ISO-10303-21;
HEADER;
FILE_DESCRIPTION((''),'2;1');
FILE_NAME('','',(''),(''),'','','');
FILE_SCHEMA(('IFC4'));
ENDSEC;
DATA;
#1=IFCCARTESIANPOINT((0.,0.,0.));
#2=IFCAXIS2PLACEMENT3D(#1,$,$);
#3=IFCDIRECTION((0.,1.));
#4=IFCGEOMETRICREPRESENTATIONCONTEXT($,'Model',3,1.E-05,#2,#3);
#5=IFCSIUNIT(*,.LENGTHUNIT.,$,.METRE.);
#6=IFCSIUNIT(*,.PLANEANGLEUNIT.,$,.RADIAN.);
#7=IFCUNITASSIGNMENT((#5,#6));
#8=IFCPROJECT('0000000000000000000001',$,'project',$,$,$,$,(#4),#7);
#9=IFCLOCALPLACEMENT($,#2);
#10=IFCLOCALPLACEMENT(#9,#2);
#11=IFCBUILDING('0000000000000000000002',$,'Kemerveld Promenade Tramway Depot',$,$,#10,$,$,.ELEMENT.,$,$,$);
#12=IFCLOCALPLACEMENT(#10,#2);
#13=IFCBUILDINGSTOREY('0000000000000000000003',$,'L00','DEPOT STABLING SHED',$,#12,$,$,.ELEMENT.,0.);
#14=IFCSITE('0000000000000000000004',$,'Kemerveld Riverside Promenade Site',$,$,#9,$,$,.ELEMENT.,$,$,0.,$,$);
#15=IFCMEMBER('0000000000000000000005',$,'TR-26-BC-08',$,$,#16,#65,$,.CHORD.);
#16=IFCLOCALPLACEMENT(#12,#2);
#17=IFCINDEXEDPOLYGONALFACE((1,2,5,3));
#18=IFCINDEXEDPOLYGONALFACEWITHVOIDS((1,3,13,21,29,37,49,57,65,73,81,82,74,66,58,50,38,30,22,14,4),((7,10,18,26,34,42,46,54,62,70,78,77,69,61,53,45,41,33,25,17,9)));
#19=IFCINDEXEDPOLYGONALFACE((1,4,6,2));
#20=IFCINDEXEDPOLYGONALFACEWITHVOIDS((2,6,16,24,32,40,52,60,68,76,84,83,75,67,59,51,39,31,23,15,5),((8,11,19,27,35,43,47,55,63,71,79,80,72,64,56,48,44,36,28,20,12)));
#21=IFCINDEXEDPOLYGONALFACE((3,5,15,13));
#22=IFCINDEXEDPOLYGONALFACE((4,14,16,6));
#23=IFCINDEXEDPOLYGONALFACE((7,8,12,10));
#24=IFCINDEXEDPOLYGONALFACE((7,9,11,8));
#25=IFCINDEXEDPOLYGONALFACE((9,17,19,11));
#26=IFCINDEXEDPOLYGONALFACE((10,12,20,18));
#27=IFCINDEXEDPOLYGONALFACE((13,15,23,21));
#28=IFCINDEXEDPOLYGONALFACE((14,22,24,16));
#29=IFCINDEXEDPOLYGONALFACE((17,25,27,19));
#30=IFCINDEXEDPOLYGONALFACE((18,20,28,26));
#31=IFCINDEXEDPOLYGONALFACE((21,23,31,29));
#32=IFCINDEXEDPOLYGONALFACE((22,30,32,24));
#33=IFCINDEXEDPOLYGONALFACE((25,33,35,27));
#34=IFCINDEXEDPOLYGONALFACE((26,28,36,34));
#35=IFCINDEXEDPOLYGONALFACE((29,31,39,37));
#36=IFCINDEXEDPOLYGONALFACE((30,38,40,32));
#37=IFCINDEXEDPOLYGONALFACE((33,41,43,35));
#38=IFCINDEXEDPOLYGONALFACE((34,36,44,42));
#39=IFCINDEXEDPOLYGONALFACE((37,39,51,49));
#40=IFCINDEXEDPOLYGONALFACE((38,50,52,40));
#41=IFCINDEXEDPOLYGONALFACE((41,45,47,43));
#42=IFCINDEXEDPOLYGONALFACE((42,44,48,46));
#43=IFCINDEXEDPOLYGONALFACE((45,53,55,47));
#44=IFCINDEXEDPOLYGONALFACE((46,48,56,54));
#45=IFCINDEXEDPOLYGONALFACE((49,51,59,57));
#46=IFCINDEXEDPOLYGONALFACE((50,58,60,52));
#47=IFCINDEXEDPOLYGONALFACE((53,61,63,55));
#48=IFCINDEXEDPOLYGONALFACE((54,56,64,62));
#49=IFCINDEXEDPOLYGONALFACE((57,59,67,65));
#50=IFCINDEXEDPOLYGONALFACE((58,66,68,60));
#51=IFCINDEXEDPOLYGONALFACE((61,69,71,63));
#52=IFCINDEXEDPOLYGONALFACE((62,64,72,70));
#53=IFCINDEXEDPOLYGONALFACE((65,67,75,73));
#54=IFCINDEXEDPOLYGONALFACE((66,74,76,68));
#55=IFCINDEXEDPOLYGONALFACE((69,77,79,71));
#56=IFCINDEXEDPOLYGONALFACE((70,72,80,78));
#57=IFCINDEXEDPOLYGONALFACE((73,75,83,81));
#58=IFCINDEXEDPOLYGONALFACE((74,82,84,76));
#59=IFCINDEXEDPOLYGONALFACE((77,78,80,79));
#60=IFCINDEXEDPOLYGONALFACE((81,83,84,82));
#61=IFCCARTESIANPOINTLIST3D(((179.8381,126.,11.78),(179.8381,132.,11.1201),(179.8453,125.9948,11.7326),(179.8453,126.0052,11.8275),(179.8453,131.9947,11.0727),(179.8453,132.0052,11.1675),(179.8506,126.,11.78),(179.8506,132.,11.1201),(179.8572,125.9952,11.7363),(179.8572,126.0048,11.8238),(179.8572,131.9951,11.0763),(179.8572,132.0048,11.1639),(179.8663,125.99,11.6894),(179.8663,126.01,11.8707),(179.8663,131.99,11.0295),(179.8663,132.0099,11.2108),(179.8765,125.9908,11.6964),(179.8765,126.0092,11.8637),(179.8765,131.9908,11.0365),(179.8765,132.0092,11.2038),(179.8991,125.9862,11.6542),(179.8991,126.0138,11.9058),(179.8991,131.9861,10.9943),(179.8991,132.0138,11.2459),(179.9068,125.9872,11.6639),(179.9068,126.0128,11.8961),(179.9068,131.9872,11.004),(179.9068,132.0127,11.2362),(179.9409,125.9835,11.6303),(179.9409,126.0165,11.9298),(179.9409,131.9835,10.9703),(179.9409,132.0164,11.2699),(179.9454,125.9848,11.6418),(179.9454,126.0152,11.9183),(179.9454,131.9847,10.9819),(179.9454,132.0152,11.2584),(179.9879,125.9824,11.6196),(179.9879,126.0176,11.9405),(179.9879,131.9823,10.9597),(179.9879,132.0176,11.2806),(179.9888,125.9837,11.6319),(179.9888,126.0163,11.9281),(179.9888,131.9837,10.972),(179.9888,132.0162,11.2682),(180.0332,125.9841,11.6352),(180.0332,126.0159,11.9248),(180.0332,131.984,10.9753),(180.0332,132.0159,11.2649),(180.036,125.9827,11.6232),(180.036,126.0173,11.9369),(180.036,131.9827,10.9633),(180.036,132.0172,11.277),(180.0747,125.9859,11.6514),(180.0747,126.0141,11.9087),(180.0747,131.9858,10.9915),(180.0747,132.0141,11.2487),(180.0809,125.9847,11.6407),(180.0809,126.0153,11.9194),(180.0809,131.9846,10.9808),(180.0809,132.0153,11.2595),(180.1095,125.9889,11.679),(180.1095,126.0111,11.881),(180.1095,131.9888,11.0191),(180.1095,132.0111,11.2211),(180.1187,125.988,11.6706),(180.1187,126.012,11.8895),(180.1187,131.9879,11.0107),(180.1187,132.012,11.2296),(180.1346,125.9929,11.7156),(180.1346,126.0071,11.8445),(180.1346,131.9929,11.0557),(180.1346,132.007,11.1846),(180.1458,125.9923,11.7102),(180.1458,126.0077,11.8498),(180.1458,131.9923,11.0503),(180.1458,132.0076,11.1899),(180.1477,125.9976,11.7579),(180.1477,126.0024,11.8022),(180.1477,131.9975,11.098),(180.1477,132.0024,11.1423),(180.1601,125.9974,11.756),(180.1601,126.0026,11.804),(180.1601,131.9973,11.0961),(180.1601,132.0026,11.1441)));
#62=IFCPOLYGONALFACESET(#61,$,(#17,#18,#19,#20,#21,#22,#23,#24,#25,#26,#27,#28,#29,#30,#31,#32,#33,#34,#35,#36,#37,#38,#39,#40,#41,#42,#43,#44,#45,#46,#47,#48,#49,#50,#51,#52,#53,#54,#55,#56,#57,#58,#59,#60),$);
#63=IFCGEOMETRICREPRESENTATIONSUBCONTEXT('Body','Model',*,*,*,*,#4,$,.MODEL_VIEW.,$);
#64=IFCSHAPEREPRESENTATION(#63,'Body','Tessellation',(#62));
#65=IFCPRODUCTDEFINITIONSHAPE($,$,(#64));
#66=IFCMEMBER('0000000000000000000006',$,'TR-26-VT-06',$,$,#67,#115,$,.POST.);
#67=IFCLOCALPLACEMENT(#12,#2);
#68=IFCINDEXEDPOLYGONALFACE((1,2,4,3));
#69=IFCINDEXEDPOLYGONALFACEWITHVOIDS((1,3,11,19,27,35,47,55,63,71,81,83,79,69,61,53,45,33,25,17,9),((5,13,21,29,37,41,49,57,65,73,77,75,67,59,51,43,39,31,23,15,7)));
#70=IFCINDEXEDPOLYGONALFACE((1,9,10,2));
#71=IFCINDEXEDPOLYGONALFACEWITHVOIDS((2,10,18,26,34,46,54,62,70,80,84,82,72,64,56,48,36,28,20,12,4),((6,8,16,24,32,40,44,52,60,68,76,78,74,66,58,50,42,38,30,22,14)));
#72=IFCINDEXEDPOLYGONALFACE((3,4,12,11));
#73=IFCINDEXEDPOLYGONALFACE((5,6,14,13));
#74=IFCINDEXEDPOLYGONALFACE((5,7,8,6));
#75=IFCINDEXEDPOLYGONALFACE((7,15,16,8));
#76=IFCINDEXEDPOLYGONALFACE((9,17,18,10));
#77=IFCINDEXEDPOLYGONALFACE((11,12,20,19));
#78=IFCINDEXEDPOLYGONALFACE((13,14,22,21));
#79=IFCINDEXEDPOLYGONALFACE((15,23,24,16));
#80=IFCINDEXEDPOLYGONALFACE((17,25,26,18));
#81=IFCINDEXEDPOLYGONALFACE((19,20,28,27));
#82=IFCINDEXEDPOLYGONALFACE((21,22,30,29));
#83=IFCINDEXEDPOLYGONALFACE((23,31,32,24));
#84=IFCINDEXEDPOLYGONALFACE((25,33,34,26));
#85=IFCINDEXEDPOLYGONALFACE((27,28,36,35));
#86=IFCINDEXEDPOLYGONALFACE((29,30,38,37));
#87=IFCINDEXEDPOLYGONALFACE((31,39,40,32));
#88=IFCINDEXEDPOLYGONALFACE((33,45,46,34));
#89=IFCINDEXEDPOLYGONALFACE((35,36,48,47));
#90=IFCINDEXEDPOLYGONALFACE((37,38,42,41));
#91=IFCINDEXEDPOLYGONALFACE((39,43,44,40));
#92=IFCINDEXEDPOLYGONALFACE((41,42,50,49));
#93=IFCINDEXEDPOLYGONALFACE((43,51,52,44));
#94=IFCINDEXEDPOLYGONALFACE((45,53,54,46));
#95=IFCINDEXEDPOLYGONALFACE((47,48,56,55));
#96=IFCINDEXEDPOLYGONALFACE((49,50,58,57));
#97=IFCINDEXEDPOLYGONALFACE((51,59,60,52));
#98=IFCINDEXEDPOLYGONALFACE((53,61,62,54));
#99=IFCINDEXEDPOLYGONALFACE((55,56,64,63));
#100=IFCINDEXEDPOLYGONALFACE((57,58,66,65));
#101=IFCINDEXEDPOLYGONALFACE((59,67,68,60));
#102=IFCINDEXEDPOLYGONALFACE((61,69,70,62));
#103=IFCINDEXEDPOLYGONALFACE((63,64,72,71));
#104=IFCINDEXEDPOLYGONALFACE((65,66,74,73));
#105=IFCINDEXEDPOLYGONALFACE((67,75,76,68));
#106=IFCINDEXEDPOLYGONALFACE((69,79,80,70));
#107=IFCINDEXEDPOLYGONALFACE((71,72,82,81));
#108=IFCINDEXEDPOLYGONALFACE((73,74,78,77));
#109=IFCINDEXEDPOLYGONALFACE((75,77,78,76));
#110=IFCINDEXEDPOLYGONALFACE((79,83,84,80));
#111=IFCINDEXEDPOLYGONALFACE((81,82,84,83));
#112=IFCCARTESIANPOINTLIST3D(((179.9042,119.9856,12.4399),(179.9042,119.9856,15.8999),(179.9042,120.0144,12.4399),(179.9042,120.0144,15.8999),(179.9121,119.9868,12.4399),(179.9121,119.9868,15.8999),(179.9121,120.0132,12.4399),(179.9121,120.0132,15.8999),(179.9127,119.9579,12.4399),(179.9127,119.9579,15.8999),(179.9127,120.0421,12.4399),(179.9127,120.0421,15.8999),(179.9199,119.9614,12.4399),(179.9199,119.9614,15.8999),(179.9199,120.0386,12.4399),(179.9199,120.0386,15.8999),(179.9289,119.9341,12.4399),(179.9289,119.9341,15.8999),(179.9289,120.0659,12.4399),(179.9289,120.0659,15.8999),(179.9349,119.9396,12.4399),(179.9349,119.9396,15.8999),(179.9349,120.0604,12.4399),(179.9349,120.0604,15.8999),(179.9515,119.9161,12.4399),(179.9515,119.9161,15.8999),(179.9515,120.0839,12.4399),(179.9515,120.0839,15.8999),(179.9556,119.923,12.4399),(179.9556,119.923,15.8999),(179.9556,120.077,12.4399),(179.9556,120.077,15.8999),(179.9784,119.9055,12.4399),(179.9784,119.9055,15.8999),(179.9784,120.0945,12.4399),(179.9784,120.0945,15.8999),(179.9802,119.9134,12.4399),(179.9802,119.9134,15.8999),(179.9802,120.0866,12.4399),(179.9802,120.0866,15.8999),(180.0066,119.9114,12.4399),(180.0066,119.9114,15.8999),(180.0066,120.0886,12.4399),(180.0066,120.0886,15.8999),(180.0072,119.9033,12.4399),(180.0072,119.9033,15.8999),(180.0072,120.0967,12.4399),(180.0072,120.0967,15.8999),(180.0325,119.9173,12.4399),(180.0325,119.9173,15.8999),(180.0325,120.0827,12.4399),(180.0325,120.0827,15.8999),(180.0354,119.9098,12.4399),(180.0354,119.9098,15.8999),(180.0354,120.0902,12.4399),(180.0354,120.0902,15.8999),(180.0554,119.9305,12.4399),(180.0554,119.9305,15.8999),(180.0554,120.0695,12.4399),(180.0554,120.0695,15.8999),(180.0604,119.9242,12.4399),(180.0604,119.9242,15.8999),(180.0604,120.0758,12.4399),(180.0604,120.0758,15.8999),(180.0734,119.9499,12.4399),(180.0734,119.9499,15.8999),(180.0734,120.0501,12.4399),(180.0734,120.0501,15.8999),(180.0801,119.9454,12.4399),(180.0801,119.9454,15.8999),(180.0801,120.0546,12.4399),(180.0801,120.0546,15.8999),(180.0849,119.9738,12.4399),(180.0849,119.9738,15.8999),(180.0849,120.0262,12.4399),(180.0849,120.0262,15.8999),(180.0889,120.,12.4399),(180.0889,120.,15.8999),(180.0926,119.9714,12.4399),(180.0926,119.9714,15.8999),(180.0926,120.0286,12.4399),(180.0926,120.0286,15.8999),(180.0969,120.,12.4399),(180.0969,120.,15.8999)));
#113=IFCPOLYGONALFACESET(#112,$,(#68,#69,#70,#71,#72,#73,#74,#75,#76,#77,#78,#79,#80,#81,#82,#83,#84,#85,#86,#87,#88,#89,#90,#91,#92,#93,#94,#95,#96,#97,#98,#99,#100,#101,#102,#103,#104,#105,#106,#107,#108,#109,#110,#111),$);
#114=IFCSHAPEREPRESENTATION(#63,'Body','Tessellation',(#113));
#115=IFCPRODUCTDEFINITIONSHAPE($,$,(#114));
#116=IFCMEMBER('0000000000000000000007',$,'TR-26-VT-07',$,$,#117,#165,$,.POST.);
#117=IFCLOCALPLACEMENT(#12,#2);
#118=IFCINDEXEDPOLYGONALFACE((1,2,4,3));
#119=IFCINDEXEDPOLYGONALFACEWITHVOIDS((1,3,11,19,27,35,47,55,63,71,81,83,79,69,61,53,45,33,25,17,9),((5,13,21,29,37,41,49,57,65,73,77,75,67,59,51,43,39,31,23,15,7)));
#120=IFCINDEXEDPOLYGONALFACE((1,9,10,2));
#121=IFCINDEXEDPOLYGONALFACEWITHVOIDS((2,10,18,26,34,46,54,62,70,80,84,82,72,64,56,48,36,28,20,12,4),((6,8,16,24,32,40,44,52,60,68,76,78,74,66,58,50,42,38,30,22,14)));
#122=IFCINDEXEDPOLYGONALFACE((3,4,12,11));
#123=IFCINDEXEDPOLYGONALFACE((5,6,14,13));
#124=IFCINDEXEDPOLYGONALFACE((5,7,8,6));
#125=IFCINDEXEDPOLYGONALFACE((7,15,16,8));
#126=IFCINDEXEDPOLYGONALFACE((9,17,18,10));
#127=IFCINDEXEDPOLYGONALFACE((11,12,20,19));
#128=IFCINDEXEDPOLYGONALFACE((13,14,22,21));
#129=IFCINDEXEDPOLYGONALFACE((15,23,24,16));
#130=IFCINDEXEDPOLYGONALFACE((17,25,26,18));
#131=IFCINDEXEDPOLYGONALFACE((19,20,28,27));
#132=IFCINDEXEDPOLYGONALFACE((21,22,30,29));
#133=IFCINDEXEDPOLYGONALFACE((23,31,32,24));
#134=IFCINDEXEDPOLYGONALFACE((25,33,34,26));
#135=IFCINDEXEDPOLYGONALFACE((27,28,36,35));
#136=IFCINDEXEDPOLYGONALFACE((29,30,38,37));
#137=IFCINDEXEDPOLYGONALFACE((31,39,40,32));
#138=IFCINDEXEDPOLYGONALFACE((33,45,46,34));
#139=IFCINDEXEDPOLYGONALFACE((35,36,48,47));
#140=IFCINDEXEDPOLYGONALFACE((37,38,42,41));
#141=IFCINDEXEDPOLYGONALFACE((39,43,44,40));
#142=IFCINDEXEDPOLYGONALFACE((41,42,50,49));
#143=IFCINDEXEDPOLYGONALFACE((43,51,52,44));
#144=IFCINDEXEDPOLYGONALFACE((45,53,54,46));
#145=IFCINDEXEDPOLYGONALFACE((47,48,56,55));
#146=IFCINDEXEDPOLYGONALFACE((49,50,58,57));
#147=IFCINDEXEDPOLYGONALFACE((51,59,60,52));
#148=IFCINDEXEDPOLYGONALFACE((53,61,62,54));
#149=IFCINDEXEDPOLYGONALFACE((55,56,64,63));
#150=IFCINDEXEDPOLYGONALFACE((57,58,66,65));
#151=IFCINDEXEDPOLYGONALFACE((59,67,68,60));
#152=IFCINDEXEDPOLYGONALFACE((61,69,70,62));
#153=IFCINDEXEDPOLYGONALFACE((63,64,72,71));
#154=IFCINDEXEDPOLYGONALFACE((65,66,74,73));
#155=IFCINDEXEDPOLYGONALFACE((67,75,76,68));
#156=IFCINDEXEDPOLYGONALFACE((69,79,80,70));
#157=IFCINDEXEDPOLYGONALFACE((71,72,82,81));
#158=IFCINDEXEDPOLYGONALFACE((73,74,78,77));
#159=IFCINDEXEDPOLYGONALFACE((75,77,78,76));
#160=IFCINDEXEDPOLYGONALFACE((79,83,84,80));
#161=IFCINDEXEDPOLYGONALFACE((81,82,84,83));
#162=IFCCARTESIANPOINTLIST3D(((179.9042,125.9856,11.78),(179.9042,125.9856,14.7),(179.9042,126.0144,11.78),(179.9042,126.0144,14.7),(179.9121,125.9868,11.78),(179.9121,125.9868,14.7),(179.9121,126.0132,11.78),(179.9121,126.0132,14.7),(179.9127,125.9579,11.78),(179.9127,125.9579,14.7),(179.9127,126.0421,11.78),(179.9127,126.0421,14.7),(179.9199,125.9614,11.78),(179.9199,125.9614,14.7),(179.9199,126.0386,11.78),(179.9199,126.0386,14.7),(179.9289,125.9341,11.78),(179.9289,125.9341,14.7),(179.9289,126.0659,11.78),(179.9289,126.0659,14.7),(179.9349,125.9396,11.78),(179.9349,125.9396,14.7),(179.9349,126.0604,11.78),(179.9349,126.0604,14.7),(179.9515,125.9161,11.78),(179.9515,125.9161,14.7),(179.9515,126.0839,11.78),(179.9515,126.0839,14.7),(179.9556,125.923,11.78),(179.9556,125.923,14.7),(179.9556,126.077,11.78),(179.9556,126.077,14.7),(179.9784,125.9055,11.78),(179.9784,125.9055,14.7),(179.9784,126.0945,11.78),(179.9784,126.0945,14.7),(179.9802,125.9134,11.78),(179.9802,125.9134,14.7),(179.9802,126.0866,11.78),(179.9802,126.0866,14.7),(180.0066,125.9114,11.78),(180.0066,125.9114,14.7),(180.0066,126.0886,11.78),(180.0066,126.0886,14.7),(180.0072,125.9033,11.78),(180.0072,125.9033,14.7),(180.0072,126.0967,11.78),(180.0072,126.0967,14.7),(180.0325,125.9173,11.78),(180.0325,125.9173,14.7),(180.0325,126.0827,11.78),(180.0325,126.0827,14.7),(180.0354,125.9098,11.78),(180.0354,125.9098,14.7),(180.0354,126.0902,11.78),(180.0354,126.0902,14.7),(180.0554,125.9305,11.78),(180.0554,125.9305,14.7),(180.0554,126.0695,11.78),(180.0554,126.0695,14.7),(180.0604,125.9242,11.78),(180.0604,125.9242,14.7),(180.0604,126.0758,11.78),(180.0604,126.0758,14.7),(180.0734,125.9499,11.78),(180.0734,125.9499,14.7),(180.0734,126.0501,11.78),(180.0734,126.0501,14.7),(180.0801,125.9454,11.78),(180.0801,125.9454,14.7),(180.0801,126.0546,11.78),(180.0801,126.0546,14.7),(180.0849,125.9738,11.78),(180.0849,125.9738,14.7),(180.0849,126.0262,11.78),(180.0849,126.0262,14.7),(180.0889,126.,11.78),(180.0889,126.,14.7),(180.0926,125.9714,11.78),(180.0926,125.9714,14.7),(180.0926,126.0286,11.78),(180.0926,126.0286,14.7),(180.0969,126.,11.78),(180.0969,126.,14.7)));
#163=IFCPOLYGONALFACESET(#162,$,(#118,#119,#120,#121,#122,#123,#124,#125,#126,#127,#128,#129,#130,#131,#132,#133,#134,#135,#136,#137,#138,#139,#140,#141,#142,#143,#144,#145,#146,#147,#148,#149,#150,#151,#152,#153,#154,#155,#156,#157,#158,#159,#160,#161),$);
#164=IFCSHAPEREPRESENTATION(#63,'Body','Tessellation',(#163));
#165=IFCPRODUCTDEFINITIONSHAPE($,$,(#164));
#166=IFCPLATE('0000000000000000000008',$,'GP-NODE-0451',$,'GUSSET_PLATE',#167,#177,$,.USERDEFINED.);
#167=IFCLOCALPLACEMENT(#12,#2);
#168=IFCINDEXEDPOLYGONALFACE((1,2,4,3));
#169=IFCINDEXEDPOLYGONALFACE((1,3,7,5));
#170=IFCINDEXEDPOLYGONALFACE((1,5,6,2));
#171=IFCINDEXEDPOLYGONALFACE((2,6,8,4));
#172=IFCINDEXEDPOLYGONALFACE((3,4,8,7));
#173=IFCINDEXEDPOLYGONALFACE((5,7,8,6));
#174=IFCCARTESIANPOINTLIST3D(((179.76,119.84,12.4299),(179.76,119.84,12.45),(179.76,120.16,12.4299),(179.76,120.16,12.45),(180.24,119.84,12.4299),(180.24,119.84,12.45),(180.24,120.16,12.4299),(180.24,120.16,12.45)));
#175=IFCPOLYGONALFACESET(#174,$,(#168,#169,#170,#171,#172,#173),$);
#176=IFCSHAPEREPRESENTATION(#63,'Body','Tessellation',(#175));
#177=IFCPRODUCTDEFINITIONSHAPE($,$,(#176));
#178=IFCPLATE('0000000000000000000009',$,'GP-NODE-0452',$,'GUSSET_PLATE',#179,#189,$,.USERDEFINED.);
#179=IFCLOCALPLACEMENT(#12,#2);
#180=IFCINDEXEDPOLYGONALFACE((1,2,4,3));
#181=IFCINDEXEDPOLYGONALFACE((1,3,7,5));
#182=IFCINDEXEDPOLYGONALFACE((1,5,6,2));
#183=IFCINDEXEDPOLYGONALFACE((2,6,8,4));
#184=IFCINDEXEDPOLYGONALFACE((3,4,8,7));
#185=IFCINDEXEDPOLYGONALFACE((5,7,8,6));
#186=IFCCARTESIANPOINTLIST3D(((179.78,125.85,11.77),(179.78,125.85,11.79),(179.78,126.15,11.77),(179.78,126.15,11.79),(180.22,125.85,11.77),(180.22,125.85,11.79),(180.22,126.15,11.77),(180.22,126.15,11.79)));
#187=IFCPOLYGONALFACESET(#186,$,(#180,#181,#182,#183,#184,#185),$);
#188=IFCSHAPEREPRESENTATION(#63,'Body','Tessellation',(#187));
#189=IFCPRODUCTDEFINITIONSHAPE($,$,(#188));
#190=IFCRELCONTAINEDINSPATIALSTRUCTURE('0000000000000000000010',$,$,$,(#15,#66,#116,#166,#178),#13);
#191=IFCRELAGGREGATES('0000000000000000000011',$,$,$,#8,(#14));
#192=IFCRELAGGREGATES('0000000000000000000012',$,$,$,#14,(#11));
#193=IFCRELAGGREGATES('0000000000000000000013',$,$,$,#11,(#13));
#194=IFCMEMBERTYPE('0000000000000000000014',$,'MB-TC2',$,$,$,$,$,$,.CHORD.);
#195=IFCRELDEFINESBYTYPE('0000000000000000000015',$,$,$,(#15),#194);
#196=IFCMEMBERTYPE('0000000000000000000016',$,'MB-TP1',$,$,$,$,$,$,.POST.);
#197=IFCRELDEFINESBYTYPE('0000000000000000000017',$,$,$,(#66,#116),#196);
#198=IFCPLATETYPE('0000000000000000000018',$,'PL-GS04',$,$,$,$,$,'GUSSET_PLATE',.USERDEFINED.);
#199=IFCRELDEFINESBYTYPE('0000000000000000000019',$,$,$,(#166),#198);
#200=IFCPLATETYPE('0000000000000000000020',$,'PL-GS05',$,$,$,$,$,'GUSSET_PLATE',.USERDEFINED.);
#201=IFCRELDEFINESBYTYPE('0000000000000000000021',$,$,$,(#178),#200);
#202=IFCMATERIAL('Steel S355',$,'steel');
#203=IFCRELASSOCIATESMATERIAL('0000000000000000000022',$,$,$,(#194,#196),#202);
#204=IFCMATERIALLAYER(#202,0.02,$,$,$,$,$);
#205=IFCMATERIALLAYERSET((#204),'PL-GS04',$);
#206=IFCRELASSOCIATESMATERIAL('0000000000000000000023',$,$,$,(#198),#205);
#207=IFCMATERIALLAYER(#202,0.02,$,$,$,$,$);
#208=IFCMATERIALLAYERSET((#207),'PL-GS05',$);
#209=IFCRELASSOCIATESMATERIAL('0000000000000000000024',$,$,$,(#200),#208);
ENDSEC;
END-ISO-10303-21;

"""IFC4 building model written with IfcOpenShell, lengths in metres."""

from ifc_helpers import new_model, si_unit, direction, frame, origin, origin_2d, place, context, subcontext, project, spatial, rectangle, hollow_circle, extrude, material, layer, layer_set, material_profile, profile_set, type_object, element, save


model = new_model("IFC4")

# Units and contexts
model_context = context("Model", 3, precision=1e-05, world=origin(), true_north=direction((0.0, 1.0)))
body_context = subcontext(model_context, "Body", "Model", "MODEL_VIEW")
ifc_project = project(units=[si_unit("LENGTHUNIT", "METRE"), si_unit("PLANEANGLEUNIT", "RADIAN")], contexts=[model_context])

# Site, building, storey
site_placement = place(None, origin())
site = spatial("IfcSite", under=ifc_project, at=site_placement, Name="Kemerveld Riverside Promenade Site", CompositionType="ELEMENT", RefElevation=0.0)
building_placement = place(site_placement, origin())
building = spatial("IfcBuilding", under=site, at=building_placement, Name="Kemerveld Promenade Tramway Depot", CompositionType="ELEMENT")
storey_placement = place(building_placement, origin())
storey = spatial("IfcBuildingStorey", under=building, at=storey_placement, Name="L00", Description="DEPOT STABLING SHED", CompositionType="ELEMENT", Elevation=0.0)

# Shared definitions
ifc_material_1 = material(Name="Steel S355", Category="steel")

# Members
ifc_material_profile_1 = material_profile(ifc_material_1, hollow_circle(Radius=0.1619, WallThickness=0.0125, at=origin_2d()), Name="323.9x12.5 CHS")
ifc_profile_set_1 = profile_set([ifc_material_profile_1], Name="Steel S355")
member_type_1 = type_object("IfcMemberType", Name="MB-TC2", PredefinedType="CHORD", material=ifc_profile_set_1)
for number, where, z_axis, x_axis, name in (
    (1, (180.0, 126.0, 11.78), (0.0, 0.994006, -0.109326), (-1.0, 0.0, 0.0), "TR-26-BC-08"),
):
    element("IfcMember", number, at=place(storey_placement, frame(where, z_axis=z_axis, x_axis=x_axis)), inside=storey, type_object=member_type_1, Name=name, PredefinedType="CHORD", context=body_context, shape_type="SweptSolid", body=[
        extrude(hollow_circle(Radius=0.1619, WallThickness=0.0125, at=origin_2d()), origin(), (0.0, 0.0, 1.0), 6.0361),
    ])
ifc_material_profile_2 = material_profile(ifc_material_1, hollow_circle(Radius=0.0969, WallThickness=0.0081, at=origin_2d()), Name="193.7x8.0 CHS")
ifc_profile_set_2 = profile_set([ifc_material_profile_2], Name="Steel S355")
member_type_2 = type_object("IfcMemberType", Name="MB-TP1", PredefinedType="POST", material=ifc_profile_set_2)
member_1_placement = place(storey_placement, frame((180.0, 120.0, 12.4399), z_axis=(0.0, 0.0, 1.0), x_axis=(1.0, 0.0, 0.0)))
element("IfcMember", 2, at=member_1_placement, inside=storey, type_object=member_type_2, Name="TR-26-VT-06", PredefinedType="POST", context=body_context, shape_type="SweptSolid", body=[
    extrude(hollow_circle(Radius=0.0969, WallThickness=0.0081, at=origin_2d()), origin(), (0.0, 0.0, 1.0), 3.46),
])
member_2_placement = place(storey_placement, frame((180.0, 126.0, 11.78), z_axis=(0.0, 0.0, 1.0), x_axis=(1.0, 0.0, 0.0)))
element("IfcMember", 3, at=member_2_placement, inside=storey, type_object=member_type_2, Name="TR-26-VT-07", PredefinedType="POST", context=body_context, shape_type="SweptSolid", body=[
    extrude(hollow_circle(Radius=0.0969, WallThickness=0.0081, at=origin_2d()), origin(), (0.0, 0.0, 1.0), 2.9199),
])

# Plates
ifc_layer_1 = layer(ifc_material_1, 0.02)
ifc_layer_set_1 = layer_set([ifc_layer_1], Name="PL-GS04")
plate_type_1 = type_object("IfcPlateType", Name="PL-GS04", ElementType="GUSSET_PLATE", PredefinedType="USERDEFINED", material=ifc_layer_set_1)
plate_1_placement = place(storey_placement, frame((180.0, 120.0, 12.4299), z_axis=(0.0, 0.0, 1.0), x_axis=(1.0, 0.0, 0.0)))
element("IfcPlate", 4, at=plate_1_placement, inside=storey, type_object=plate_type_1, Name="GP-NODE-0451", ObjectType="GUSSET_PLATE", PredefinedType="USERDEFINED", context=body_context, shape_type="SweptSolid", body=[
    extrude(rectangle(XDim=0.48, YDim=0.3201, at=origin_2d()), origin(), (0.0, 0.0, 1.0), 0.02),
])
ifc_layer_2 = layer(ifc_material_1, 0.02)
ifc_layer_set_2 = layer_set([ifc_layer_2], Name="PL-GS05")
plate_type_2 = type_object("IfcPlateType", Name="PL-GS05", ElementType="GUSSET_PLATE", PredefinedType="USERDEFINED", material=ifc_layer_set_2)
plate_2_placement = place(storey_placement, frame((180.0, 126.0, 11.77), z_axis=(0.0, 0.0, 1.0), x_axis=(1.0, 0.0, 0.0)))
element("IfcPlate", 5, at=plate_2_placement, inside=storey, type_object=plate_type_2, Name="GP-NODE-0452", ObjectType="GUSSET_PLATE", PredefinedType="USERDEFINED", context=body_context, shape_type="SweptSolid", body=[
    extrude(rectangle(XDim=0.4399, YDim=0.3, at=origin_2d()), origin(), (0.0, 0.0, 1.0), 0.02),
])

save(model, "model.ifc")
